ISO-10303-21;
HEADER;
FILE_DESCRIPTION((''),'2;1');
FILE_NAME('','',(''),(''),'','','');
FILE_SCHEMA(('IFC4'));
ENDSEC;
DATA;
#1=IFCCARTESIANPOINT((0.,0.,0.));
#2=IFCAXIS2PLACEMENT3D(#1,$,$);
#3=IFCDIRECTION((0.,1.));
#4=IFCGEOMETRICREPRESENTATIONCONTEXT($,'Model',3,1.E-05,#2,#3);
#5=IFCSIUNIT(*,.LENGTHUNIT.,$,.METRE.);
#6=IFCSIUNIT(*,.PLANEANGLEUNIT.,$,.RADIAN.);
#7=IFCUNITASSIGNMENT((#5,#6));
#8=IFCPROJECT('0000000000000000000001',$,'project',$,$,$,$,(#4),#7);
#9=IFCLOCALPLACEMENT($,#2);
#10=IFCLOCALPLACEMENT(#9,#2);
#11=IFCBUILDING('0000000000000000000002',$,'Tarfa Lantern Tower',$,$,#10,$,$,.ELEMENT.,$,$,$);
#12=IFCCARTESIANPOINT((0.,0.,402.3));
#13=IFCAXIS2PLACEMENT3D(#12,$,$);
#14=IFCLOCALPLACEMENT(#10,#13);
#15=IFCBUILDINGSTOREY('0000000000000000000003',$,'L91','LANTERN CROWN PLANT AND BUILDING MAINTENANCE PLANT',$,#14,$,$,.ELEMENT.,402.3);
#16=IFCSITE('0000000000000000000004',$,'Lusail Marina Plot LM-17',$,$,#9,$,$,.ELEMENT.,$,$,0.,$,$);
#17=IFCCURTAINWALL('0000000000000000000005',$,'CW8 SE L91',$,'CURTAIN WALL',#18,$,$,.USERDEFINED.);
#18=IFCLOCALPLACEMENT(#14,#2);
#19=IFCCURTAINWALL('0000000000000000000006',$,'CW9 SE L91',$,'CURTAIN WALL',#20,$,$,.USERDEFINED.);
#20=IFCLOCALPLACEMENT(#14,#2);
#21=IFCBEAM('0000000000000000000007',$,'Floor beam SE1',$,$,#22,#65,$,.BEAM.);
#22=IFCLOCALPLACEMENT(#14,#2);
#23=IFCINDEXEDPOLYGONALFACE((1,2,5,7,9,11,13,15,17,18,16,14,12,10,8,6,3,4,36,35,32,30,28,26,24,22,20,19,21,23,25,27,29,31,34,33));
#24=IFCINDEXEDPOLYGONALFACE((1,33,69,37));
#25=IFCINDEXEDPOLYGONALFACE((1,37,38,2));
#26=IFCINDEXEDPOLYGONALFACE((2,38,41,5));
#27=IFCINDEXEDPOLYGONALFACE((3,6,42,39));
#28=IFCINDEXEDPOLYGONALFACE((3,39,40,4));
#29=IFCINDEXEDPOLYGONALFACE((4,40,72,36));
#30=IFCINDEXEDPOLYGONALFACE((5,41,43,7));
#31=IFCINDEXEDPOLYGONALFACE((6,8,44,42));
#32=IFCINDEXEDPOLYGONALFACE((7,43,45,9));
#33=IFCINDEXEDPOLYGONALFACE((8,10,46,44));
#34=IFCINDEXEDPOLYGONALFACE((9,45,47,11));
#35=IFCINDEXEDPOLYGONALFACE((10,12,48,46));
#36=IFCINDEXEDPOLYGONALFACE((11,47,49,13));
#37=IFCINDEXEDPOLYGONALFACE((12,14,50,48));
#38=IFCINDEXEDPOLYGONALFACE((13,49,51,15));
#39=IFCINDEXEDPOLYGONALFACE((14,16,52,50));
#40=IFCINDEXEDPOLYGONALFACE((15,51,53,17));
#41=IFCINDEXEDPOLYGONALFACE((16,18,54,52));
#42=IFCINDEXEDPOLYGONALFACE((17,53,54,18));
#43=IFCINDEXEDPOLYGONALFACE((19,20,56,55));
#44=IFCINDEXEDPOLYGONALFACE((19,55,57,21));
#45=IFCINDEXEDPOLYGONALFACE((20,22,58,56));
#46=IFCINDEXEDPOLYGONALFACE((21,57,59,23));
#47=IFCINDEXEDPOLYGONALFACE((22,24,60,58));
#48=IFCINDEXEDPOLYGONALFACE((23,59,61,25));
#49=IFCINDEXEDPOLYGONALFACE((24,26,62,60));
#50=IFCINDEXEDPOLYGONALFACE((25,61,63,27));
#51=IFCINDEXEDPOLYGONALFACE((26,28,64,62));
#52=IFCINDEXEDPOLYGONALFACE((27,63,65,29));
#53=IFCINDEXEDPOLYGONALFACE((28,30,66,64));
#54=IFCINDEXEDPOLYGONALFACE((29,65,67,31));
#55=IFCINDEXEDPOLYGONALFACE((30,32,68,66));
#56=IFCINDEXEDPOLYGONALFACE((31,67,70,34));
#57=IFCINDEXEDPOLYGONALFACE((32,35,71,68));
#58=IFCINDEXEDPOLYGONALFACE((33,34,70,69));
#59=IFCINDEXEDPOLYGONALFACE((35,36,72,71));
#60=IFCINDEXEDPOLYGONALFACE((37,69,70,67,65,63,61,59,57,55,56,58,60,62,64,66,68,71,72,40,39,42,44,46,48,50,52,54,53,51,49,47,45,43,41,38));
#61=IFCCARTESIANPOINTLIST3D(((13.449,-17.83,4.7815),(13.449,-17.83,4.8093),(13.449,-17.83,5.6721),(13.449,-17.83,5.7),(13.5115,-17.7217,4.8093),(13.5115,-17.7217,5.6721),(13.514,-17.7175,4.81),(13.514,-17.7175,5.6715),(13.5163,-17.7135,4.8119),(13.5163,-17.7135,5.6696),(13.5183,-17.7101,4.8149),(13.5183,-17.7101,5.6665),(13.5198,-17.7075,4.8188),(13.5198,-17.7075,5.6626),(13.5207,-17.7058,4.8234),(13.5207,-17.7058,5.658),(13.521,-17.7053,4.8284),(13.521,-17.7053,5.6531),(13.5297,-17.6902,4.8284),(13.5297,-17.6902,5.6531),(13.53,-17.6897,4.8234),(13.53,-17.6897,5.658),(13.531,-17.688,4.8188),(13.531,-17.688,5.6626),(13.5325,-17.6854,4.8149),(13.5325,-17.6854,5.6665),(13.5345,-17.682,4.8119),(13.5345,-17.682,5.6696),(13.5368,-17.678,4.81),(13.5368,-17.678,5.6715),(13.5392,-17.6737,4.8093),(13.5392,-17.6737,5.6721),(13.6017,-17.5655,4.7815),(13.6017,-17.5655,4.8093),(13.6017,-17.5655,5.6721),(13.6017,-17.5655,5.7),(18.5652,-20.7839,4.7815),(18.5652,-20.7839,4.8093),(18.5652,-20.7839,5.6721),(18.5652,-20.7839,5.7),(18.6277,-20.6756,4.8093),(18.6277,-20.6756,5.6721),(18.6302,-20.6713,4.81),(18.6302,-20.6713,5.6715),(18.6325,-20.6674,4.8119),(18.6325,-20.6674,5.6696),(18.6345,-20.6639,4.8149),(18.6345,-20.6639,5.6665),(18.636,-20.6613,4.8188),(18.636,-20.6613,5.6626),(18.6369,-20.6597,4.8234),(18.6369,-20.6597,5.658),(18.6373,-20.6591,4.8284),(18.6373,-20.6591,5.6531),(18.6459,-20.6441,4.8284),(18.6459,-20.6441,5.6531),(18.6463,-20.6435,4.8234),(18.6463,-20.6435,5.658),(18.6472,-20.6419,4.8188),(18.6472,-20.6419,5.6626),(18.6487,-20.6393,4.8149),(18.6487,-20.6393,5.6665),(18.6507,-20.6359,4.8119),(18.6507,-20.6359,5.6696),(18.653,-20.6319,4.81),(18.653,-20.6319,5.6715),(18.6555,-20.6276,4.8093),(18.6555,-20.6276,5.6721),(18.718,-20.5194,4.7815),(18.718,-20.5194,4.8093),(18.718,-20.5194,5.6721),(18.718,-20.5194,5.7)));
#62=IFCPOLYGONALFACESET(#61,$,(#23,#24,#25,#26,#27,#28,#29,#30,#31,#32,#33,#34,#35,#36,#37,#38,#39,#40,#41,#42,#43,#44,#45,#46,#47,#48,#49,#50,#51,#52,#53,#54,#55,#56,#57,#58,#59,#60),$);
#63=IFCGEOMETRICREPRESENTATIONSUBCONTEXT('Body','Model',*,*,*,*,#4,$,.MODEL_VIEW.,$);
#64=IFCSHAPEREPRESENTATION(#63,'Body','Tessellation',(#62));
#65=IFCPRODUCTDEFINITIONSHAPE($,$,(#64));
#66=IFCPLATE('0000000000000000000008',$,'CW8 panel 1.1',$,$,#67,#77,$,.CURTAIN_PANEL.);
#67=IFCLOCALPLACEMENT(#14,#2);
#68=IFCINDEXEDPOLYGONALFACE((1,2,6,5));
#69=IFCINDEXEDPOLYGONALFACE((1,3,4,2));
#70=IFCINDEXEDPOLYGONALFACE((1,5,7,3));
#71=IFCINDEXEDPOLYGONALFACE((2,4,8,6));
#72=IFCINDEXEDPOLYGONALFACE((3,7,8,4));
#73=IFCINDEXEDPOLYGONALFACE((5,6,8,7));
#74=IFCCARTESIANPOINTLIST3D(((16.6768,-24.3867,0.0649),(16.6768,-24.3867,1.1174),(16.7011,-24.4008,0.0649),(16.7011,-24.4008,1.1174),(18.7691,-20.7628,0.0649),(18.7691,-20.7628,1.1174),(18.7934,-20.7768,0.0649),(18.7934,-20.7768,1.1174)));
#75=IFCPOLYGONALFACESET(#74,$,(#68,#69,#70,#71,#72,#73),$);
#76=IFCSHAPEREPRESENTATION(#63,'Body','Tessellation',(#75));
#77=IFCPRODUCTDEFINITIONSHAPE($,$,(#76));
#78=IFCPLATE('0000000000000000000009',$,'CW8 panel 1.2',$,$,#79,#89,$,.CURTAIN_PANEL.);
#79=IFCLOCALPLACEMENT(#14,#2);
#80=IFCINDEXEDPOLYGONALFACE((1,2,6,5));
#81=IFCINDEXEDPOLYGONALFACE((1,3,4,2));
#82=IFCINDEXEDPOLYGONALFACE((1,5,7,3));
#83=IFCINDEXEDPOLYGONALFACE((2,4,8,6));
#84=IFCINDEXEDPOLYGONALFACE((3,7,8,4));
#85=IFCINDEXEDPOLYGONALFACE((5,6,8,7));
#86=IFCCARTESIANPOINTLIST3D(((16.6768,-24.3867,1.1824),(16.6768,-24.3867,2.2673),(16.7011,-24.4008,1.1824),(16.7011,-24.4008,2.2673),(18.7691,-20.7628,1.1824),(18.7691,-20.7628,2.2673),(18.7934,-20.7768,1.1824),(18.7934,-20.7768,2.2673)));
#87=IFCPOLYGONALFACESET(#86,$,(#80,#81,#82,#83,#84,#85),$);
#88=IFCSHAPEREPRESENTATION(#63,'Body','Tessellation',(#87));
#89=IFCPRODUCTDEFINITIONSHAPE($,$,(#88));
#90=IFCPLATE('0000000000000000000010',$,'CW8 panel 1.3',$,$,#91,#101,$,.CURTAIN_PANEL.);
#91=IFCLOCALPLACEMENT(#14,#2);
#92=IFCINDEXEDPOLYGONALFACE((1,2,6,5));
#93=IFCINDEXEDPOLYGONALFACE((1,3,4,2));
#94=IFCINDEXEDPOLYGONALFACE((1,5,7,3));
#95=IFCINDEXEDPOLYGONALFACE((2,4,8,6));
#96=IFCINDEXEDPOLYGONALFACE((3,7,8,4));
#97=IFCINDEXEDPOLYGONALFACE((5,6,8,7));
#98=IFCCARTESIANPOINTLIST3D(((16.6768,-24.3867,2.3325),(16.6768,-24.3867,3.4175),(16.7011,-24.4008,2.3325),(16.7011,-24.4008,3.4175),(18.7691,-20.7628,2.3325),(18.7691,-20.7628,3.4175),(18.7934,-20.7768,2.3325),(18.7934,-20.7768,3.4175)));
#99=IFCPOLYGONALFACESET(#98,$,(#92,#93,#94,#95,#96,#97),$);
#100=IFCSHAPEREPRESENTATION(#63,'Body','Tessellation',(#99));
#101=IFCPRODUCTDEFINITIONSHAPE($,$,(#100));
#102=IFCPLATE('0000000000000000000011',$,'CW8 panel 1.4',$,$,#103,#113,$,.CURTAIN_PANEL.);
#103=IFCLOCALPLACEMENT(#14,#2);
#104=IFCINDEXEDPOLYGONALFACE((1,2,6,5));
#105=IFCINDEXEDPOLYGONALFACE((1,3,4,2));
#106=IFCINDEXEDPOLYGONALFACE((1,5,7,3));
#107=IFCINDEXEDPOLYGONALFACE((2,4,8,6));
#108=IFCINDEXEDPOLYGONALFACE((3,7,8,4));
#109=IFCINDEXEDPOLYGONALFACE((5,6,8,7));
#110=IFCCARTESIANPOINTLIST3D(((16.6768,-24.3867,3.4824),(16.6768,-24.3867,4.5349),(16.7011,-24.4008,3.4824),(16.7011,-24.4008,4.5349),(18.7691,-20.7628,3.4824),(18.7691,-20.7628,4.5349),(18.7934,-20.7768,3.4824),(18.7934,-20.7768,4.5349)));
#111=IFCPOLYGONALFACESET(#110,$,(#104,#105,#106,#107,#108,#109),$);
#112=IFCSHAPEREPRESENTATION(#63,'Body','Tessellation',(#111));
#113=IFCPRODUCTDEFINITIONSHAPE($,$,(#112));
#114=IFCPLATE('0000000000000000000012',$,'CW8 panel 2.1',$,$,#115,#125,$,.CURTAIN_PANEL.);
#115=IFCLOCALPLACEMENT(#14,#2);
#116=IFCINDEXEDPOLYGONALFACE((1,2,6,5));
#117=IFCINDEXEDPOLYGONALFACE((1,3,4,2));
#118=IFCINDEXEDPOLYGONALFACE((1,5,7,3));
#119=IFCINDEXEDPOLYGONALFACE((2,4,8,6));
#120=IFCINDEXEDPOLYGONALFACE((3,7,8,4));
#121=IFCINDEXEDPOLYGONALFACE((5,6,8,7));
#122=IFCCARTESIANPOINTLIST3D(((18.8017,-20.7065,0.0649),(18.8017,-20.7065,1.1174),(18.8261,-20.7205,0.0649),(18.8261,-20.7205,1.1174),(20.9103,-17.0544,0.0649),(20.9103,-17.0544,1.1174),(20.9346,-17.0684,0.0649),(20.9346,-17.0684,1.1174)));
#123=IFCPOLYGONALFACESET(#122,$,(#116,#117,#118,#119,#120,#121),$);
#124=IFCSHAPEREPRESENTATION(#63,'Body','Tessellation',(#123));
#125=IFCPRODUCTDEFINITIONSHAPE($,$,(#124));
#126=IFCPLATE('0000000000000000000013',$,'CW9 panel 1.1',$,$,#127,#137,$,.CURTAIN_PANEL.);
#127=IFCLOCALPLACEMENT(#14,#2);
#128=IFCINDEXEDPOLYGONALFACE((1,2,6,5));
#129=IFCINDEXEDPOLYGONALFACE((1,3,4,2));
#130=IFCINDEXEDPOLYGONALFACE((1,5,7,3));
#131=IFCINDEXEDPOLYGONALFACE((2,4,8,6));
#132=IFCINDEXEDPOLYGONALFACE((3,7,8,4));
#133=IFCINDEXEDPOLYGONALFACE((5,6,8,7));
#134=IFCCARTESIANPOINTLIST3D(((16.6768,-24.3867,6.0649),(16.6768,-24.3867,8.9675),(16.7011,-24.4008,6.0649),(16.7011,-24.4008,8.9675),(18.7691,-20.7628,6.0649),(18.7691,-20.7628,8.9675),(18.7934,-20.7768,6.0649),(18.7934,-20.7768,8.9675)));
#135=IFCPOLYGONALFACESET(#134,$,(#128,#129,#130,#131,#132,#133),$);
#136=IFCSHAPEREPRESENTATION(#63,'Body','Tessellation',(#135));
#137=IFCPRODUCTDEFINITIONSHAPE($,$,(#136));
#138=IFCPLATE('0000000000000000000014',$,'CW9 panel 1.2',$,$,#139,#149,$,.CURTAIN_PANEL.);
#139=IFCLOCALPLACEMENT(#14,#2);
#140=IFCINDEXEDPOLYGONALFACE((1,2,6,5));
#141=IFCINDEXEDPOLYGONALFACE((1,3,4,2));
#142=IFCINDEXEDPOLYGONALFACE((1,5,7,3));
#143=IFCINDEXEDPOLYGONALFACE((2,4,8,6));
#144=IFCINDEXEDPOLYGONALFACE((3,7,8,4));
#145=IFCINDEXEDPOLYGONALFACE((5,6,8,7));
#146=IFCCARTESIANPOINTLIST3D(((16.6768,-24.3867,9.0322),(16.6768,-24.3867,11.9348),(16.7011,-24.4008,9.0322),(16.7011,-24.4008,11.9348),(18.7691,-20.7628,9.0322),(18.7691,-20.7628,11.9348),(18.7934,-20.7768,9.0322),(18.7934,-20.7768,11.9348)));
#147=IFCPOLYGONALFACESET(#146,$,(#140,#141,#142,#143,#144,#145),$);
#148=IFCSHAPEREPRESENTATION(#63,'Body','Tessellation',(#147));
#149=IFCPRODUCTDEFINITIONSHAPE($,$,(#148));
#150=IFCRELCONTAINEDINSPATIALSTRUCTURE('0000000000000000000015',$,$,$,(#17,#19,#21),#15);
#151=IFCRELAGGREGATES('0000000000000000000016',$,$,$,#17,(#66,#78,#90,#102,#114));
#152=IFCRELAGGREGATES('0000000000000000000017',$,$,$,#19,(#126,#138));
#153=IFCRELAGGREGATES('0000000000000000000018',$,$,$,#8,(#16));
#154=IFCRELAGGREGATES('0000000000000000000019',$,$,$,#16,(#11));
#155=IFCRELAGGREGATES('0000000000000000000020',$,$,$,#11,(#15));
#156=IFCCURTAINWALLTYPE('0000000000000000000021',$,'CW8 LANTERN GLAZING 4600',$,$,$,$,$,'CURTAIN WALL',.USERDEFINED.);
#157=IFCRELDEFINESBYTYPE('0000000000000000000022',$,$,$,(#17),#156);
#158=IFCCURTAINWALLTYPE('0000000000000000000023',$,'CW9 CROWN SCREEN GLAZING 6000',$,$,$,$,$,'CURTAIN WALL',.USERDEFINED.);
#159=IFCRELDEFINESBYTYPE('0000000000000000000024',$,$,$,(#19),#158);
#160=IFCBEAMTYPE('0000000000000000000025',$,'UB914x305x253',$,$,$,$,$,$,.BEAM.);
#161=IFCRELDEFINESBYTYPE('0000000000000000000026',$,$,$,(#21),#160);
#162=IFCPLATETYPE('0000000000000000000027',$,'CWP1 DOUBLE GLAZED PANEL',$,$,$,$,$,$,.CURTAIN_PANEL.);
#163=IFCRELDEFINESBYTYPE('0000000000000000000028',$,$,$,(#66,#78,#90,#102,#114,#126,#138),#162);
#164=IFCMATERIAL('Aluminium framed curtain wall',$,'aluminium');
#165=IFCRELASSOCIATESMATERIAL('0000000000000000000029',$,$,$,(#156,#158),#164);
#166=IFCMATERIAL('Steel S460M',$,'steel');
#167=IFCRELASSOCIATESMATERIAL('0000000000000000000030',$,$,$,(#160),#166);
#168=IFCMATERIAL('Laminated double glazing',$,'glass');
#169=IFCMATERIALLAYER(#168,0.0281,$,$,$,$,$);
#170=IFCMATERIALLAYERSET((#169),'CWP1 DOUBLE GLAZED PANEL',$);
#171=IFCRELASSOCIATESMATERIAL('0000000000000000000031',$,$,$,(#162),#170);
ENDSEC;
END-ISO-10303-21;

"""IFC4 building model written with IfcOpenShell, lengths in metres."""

from ifc_helpers import new_model, si_unit, direction, frame, origin, origin_2d, place, context, subcontext, project, spatial, rectangle, i_section, extrude, material, layer, layer_set, material_profile, profile_set, type_object, element, aggregate, save


model = new_model("IFC4")

# Units and contexts
model_context = context("Model", 3, precision=1e-05, world=origin(), true_north=direction((0.0, 1.0)))
body_context = subcontext(model_context, "Body", "Model", "MODEL_VIEW")
ifc_project = project(units=[si_unit("LENGTHUNIT", "METRE"), si_unit("PLANEANGLEUNIT", "RADIAN")], contexts=[model_context])

# Site, building, storey
site_placement = place(None, origin())
site = spatial("IfcSite", under=ifc_project, at=site_placement, Name="Lusail Marina Plot LM-17", CompositionType="ELEMENT", RefElevation=0.0)
building_placement = place(site_placement, origin())
building = spatial("IfcBuilding", under=site, at=building_placement, Name="Tarfa Lantern Tower", CompositionType="ELEMENT")
storey_placement = place(building_placement, frame((0.0, 0.0, 402.3)))
storey = spatial("IfcBuildingStorey", under=building, at=storey_placement, Name="L91", Description="LANTERN CROWN PLANT AND BUILDING MAINTENANCE PLANT", CompositionType="ELEMENT", Elevation=402.3)

# Curtain walls
ifc_material_1 = material(Name="Aluminium framed curtain wall", Category="aluminium")
curtain_wall_type_1 = type_object("IfcCurtainWallType", Name="CW8 LANTERN GLAZING 4600", ElementType="CURTAIN WALL", PredefinedType="USERDEFINED", material=ifc_material_1)
curtain_wall_1_placement = place(storey_placement, origin())
curtain_wall_1 = element("IfcCurtainWall", 1, at=curtain_wall_1_placement, inside=storey, type_object=curtain_wall_type_1, Name="CW8 SE L91", ObjectType="CURTAIN WALL", PredefinedType="USERDEFINED")
curtain_wall_type_2 = type_object("IfcCurtainWallType", Name="CW9 CROWN SCREEN GLAZING 6000", ElementType="CURTAIN WALL", PredefinedType="USERDEFINED", material=ifc_material_1)
curtain_wall_2_placement = place(storey_placement, origin())
curtain_wall_2 = element("IfcCurtainWall", 2, at=curtain_wall_2_placement, inside=storey, type_object=curtain_wall_type_2, Name="CW9 SE L91", ObjectType="CURTAIN WALL", PredefinedType="USERDEFINED")

# Beam
ifc_material_2 = material(Name="Steel S460M", Category="steel")
ifc_material_profile_1 = material_profile(ifc_material_2, i_section(OverallWidth=0.3054, OverallDepth=0.9185, WebThickness=0.0173, FlangeThickness=0.0278, FilletRadius=0.019, at=origin_2d()), Name="UB914x305x253")
ifc_profile_set_1 = profile_set([ifc_material_profile_1], Name="Steel S460M")
beam_type_1 = type_object("IfcBeamType", Name="UB914x305x253", PredefinedType="BEAM", material=ifc_profile_set_1)
beam_1_placement = place(storey_placement, frame((18.6416, -20.6516, 5.2407), z_axis=(-0.866025, 0.500001, 0.0), x_axis=(-0.500001, -0.866025, 0.0)))
element("IfcBeam", 3, at=beam_1_placement, inside=storey, type_object=beam_type_1, Name="Floor beam SE1", PredefinedType="BEAM", context=body_context, shape_type="SweptSolid", body=[
    extrude(i_section(OverallWidth=0.3054, OverallDepth=0.9185, WebThickness=0.0173, FlangeThickness=0.0278, FilletRadius=0.019, at=origin_2d()), origin(), (0.0, 0.0, 1.0), 5.9077),
])

# Plates
ifc_material_3 = material(Name="Laminated double glazing", Category="glass")
ifc_layer = layer(ifc_material_3, 0.0281)
ifc_layer_set = layer_set([ifc_layer], Name="CWP1 DOUBLE GLAZED PANEL")
plate_type = type_object("IfcPlateType", Name="CWP1 DOUBLE GLAZED PANEL", PredefinedType="CURTAIN_PANEL", material=ifc_layer_set)
plate_1_placement = place(storey_placement, frame((17.7351, -22.5818, 0.0649), z_axis=(0.0, 0.0, 1.0), x_axis=(0.5, 0.866025, 0.0)))
plate_1 = element("IfcPlate", 4, at=plate_1_placement, type_object=plate_type, Name="CW8 panel 1.1", PredefinedType="CURTAIN_PANEL", context=body_context, shape_type="SweptSolid", body=[
    extrude(rectangle(XDim=4.1846, YDim=0.0281, at=origin_2d()), origin(), (0.0, 0.0, 1.0), 1.0525),
])
plate_2_placement = place(storey_placement, frame((17.7351, -22.5818, 1.1824), z_axis=(0.0, 0.0, 1.0), x_axis=(0.5, 0.866025, 0.0)))
plate_2 = element("IfcPlate", 5, at=plate_2_placement, type_object=plate_type, Name="CW8 panel 1.2", PredefinedType="CURTAIN_PANEL", context=body_context, shape_type="SweptSolid", body=[
    extrude(rectangle(XDim=4.1846, YDim=0.0281, at=origin_2d()), origin(), (0.0, 0.0, 1.0), 1.085),
])
plate_3_placement = place(storey_placement, frame((17.7351, -22.5818, 2.3325), z_axis=(0.0, 0.0, 1.0), x_axis=(0.5, 0.866025, 0.0)))
plate_3 = element("IfcPlate", 6, at=plate_3_placement, type_object=plate_type, Name="CW8 panel 1.3", PredefinedType="CURTAIN_PANEL", context=body_context, shape_type="SweptSolid", body=[
    extrude(rectangle(XDim=4.1846, YDim=0.0281, at=origin_2d()), origin(), (0.0, 0.0, 1.0), 1.085),
])
plate_4_placement = place(storey_placement, frame((17.7351, -22.5818, 3.4824), z_axis=(0.0, 0.0, 1.0), x_axis=(0.5, 0.866025, 0.0)))
plate_4 = element("IfcPlate", 7, at=plate_4_placement, type_object=plate_type, Name="CW8 panel 1.4", PredefinedType="CURTAIN_PANEL", context=body_context, shape_type="SweptSolid", body=[
    extrude(rectangle(XDim=4.1846, YDim=0.0281, at=origin_2d()), origin(), (0.0, 0.0, 1.0), 1.0525),
])
plate_5_placement = place(storey_placement, frame((19.8682, -18.8875, 0.0649), z_axis=(0.0, 0.0, 1.0), x_axis=(0.5, 0.866025, 0.0)))
plate_5 = element("IfcPlate", 8, at=plate_5_placement, type_object=plate_type, Name="CW8 panel 2.1", PredefinedType="CURTAIN_PANEL", context=body_context, shape_type="SweptSolid", body=[
    extrude(rectangle(XDim=4.217, YDim=0.0281, at=origin_2d()), origin(), (0.0, 0.0, 1.0), 1.0525),
])
aggregate(curtain_wall_1, [plate_1, plate_2, plate_3, plate_4, plate_5])
plate_6_placement = place(storey_placement, frame((17.7351, -22.5818, 6.0649), z_axis=(0.0, 0.0, 1.0), x_axis=(0.5, 0.866025, 0.0)))
plate_6 = element("IfcPlate", 9, at=plate_6_placement, type_object=plate_type, Name="CW9 panel 1.1", PredefinedType="CURTAIN_PANEL", context=body_context, shape_type="SweptSolid", body=[
    extrude(rectangle(XDim=4.1846, YDim=0.0281, at=origin_2d()), origin(), (0.0, 0.0, 1.0), 2.9026),
])
plate_7_placement = place(storey_placement, frame((17.7351, -22.5818, 9.0322), z_axis=(0.0, 0.0, 1.0), x_axis=(0.5, 0.866025, 0.0)))
plate_7 = element("IfcPlate", 10, at=plate_7_placement, type_object=plate_type, Name="CW9 panel 1.2", PredefinedType="CURTAIN_PANEL", context=body_context, shape_type="SweptSolid", body=[
    extrude(rectangle(XDim=4.1846, YDim=0.0281, at=origin_2d()), origin(), (0.0, 0.0, 1.0), 2.9026),
])
aggregate(curtain_wall_2, [plate_6, plate_7])

save(model, "model.ifc")
